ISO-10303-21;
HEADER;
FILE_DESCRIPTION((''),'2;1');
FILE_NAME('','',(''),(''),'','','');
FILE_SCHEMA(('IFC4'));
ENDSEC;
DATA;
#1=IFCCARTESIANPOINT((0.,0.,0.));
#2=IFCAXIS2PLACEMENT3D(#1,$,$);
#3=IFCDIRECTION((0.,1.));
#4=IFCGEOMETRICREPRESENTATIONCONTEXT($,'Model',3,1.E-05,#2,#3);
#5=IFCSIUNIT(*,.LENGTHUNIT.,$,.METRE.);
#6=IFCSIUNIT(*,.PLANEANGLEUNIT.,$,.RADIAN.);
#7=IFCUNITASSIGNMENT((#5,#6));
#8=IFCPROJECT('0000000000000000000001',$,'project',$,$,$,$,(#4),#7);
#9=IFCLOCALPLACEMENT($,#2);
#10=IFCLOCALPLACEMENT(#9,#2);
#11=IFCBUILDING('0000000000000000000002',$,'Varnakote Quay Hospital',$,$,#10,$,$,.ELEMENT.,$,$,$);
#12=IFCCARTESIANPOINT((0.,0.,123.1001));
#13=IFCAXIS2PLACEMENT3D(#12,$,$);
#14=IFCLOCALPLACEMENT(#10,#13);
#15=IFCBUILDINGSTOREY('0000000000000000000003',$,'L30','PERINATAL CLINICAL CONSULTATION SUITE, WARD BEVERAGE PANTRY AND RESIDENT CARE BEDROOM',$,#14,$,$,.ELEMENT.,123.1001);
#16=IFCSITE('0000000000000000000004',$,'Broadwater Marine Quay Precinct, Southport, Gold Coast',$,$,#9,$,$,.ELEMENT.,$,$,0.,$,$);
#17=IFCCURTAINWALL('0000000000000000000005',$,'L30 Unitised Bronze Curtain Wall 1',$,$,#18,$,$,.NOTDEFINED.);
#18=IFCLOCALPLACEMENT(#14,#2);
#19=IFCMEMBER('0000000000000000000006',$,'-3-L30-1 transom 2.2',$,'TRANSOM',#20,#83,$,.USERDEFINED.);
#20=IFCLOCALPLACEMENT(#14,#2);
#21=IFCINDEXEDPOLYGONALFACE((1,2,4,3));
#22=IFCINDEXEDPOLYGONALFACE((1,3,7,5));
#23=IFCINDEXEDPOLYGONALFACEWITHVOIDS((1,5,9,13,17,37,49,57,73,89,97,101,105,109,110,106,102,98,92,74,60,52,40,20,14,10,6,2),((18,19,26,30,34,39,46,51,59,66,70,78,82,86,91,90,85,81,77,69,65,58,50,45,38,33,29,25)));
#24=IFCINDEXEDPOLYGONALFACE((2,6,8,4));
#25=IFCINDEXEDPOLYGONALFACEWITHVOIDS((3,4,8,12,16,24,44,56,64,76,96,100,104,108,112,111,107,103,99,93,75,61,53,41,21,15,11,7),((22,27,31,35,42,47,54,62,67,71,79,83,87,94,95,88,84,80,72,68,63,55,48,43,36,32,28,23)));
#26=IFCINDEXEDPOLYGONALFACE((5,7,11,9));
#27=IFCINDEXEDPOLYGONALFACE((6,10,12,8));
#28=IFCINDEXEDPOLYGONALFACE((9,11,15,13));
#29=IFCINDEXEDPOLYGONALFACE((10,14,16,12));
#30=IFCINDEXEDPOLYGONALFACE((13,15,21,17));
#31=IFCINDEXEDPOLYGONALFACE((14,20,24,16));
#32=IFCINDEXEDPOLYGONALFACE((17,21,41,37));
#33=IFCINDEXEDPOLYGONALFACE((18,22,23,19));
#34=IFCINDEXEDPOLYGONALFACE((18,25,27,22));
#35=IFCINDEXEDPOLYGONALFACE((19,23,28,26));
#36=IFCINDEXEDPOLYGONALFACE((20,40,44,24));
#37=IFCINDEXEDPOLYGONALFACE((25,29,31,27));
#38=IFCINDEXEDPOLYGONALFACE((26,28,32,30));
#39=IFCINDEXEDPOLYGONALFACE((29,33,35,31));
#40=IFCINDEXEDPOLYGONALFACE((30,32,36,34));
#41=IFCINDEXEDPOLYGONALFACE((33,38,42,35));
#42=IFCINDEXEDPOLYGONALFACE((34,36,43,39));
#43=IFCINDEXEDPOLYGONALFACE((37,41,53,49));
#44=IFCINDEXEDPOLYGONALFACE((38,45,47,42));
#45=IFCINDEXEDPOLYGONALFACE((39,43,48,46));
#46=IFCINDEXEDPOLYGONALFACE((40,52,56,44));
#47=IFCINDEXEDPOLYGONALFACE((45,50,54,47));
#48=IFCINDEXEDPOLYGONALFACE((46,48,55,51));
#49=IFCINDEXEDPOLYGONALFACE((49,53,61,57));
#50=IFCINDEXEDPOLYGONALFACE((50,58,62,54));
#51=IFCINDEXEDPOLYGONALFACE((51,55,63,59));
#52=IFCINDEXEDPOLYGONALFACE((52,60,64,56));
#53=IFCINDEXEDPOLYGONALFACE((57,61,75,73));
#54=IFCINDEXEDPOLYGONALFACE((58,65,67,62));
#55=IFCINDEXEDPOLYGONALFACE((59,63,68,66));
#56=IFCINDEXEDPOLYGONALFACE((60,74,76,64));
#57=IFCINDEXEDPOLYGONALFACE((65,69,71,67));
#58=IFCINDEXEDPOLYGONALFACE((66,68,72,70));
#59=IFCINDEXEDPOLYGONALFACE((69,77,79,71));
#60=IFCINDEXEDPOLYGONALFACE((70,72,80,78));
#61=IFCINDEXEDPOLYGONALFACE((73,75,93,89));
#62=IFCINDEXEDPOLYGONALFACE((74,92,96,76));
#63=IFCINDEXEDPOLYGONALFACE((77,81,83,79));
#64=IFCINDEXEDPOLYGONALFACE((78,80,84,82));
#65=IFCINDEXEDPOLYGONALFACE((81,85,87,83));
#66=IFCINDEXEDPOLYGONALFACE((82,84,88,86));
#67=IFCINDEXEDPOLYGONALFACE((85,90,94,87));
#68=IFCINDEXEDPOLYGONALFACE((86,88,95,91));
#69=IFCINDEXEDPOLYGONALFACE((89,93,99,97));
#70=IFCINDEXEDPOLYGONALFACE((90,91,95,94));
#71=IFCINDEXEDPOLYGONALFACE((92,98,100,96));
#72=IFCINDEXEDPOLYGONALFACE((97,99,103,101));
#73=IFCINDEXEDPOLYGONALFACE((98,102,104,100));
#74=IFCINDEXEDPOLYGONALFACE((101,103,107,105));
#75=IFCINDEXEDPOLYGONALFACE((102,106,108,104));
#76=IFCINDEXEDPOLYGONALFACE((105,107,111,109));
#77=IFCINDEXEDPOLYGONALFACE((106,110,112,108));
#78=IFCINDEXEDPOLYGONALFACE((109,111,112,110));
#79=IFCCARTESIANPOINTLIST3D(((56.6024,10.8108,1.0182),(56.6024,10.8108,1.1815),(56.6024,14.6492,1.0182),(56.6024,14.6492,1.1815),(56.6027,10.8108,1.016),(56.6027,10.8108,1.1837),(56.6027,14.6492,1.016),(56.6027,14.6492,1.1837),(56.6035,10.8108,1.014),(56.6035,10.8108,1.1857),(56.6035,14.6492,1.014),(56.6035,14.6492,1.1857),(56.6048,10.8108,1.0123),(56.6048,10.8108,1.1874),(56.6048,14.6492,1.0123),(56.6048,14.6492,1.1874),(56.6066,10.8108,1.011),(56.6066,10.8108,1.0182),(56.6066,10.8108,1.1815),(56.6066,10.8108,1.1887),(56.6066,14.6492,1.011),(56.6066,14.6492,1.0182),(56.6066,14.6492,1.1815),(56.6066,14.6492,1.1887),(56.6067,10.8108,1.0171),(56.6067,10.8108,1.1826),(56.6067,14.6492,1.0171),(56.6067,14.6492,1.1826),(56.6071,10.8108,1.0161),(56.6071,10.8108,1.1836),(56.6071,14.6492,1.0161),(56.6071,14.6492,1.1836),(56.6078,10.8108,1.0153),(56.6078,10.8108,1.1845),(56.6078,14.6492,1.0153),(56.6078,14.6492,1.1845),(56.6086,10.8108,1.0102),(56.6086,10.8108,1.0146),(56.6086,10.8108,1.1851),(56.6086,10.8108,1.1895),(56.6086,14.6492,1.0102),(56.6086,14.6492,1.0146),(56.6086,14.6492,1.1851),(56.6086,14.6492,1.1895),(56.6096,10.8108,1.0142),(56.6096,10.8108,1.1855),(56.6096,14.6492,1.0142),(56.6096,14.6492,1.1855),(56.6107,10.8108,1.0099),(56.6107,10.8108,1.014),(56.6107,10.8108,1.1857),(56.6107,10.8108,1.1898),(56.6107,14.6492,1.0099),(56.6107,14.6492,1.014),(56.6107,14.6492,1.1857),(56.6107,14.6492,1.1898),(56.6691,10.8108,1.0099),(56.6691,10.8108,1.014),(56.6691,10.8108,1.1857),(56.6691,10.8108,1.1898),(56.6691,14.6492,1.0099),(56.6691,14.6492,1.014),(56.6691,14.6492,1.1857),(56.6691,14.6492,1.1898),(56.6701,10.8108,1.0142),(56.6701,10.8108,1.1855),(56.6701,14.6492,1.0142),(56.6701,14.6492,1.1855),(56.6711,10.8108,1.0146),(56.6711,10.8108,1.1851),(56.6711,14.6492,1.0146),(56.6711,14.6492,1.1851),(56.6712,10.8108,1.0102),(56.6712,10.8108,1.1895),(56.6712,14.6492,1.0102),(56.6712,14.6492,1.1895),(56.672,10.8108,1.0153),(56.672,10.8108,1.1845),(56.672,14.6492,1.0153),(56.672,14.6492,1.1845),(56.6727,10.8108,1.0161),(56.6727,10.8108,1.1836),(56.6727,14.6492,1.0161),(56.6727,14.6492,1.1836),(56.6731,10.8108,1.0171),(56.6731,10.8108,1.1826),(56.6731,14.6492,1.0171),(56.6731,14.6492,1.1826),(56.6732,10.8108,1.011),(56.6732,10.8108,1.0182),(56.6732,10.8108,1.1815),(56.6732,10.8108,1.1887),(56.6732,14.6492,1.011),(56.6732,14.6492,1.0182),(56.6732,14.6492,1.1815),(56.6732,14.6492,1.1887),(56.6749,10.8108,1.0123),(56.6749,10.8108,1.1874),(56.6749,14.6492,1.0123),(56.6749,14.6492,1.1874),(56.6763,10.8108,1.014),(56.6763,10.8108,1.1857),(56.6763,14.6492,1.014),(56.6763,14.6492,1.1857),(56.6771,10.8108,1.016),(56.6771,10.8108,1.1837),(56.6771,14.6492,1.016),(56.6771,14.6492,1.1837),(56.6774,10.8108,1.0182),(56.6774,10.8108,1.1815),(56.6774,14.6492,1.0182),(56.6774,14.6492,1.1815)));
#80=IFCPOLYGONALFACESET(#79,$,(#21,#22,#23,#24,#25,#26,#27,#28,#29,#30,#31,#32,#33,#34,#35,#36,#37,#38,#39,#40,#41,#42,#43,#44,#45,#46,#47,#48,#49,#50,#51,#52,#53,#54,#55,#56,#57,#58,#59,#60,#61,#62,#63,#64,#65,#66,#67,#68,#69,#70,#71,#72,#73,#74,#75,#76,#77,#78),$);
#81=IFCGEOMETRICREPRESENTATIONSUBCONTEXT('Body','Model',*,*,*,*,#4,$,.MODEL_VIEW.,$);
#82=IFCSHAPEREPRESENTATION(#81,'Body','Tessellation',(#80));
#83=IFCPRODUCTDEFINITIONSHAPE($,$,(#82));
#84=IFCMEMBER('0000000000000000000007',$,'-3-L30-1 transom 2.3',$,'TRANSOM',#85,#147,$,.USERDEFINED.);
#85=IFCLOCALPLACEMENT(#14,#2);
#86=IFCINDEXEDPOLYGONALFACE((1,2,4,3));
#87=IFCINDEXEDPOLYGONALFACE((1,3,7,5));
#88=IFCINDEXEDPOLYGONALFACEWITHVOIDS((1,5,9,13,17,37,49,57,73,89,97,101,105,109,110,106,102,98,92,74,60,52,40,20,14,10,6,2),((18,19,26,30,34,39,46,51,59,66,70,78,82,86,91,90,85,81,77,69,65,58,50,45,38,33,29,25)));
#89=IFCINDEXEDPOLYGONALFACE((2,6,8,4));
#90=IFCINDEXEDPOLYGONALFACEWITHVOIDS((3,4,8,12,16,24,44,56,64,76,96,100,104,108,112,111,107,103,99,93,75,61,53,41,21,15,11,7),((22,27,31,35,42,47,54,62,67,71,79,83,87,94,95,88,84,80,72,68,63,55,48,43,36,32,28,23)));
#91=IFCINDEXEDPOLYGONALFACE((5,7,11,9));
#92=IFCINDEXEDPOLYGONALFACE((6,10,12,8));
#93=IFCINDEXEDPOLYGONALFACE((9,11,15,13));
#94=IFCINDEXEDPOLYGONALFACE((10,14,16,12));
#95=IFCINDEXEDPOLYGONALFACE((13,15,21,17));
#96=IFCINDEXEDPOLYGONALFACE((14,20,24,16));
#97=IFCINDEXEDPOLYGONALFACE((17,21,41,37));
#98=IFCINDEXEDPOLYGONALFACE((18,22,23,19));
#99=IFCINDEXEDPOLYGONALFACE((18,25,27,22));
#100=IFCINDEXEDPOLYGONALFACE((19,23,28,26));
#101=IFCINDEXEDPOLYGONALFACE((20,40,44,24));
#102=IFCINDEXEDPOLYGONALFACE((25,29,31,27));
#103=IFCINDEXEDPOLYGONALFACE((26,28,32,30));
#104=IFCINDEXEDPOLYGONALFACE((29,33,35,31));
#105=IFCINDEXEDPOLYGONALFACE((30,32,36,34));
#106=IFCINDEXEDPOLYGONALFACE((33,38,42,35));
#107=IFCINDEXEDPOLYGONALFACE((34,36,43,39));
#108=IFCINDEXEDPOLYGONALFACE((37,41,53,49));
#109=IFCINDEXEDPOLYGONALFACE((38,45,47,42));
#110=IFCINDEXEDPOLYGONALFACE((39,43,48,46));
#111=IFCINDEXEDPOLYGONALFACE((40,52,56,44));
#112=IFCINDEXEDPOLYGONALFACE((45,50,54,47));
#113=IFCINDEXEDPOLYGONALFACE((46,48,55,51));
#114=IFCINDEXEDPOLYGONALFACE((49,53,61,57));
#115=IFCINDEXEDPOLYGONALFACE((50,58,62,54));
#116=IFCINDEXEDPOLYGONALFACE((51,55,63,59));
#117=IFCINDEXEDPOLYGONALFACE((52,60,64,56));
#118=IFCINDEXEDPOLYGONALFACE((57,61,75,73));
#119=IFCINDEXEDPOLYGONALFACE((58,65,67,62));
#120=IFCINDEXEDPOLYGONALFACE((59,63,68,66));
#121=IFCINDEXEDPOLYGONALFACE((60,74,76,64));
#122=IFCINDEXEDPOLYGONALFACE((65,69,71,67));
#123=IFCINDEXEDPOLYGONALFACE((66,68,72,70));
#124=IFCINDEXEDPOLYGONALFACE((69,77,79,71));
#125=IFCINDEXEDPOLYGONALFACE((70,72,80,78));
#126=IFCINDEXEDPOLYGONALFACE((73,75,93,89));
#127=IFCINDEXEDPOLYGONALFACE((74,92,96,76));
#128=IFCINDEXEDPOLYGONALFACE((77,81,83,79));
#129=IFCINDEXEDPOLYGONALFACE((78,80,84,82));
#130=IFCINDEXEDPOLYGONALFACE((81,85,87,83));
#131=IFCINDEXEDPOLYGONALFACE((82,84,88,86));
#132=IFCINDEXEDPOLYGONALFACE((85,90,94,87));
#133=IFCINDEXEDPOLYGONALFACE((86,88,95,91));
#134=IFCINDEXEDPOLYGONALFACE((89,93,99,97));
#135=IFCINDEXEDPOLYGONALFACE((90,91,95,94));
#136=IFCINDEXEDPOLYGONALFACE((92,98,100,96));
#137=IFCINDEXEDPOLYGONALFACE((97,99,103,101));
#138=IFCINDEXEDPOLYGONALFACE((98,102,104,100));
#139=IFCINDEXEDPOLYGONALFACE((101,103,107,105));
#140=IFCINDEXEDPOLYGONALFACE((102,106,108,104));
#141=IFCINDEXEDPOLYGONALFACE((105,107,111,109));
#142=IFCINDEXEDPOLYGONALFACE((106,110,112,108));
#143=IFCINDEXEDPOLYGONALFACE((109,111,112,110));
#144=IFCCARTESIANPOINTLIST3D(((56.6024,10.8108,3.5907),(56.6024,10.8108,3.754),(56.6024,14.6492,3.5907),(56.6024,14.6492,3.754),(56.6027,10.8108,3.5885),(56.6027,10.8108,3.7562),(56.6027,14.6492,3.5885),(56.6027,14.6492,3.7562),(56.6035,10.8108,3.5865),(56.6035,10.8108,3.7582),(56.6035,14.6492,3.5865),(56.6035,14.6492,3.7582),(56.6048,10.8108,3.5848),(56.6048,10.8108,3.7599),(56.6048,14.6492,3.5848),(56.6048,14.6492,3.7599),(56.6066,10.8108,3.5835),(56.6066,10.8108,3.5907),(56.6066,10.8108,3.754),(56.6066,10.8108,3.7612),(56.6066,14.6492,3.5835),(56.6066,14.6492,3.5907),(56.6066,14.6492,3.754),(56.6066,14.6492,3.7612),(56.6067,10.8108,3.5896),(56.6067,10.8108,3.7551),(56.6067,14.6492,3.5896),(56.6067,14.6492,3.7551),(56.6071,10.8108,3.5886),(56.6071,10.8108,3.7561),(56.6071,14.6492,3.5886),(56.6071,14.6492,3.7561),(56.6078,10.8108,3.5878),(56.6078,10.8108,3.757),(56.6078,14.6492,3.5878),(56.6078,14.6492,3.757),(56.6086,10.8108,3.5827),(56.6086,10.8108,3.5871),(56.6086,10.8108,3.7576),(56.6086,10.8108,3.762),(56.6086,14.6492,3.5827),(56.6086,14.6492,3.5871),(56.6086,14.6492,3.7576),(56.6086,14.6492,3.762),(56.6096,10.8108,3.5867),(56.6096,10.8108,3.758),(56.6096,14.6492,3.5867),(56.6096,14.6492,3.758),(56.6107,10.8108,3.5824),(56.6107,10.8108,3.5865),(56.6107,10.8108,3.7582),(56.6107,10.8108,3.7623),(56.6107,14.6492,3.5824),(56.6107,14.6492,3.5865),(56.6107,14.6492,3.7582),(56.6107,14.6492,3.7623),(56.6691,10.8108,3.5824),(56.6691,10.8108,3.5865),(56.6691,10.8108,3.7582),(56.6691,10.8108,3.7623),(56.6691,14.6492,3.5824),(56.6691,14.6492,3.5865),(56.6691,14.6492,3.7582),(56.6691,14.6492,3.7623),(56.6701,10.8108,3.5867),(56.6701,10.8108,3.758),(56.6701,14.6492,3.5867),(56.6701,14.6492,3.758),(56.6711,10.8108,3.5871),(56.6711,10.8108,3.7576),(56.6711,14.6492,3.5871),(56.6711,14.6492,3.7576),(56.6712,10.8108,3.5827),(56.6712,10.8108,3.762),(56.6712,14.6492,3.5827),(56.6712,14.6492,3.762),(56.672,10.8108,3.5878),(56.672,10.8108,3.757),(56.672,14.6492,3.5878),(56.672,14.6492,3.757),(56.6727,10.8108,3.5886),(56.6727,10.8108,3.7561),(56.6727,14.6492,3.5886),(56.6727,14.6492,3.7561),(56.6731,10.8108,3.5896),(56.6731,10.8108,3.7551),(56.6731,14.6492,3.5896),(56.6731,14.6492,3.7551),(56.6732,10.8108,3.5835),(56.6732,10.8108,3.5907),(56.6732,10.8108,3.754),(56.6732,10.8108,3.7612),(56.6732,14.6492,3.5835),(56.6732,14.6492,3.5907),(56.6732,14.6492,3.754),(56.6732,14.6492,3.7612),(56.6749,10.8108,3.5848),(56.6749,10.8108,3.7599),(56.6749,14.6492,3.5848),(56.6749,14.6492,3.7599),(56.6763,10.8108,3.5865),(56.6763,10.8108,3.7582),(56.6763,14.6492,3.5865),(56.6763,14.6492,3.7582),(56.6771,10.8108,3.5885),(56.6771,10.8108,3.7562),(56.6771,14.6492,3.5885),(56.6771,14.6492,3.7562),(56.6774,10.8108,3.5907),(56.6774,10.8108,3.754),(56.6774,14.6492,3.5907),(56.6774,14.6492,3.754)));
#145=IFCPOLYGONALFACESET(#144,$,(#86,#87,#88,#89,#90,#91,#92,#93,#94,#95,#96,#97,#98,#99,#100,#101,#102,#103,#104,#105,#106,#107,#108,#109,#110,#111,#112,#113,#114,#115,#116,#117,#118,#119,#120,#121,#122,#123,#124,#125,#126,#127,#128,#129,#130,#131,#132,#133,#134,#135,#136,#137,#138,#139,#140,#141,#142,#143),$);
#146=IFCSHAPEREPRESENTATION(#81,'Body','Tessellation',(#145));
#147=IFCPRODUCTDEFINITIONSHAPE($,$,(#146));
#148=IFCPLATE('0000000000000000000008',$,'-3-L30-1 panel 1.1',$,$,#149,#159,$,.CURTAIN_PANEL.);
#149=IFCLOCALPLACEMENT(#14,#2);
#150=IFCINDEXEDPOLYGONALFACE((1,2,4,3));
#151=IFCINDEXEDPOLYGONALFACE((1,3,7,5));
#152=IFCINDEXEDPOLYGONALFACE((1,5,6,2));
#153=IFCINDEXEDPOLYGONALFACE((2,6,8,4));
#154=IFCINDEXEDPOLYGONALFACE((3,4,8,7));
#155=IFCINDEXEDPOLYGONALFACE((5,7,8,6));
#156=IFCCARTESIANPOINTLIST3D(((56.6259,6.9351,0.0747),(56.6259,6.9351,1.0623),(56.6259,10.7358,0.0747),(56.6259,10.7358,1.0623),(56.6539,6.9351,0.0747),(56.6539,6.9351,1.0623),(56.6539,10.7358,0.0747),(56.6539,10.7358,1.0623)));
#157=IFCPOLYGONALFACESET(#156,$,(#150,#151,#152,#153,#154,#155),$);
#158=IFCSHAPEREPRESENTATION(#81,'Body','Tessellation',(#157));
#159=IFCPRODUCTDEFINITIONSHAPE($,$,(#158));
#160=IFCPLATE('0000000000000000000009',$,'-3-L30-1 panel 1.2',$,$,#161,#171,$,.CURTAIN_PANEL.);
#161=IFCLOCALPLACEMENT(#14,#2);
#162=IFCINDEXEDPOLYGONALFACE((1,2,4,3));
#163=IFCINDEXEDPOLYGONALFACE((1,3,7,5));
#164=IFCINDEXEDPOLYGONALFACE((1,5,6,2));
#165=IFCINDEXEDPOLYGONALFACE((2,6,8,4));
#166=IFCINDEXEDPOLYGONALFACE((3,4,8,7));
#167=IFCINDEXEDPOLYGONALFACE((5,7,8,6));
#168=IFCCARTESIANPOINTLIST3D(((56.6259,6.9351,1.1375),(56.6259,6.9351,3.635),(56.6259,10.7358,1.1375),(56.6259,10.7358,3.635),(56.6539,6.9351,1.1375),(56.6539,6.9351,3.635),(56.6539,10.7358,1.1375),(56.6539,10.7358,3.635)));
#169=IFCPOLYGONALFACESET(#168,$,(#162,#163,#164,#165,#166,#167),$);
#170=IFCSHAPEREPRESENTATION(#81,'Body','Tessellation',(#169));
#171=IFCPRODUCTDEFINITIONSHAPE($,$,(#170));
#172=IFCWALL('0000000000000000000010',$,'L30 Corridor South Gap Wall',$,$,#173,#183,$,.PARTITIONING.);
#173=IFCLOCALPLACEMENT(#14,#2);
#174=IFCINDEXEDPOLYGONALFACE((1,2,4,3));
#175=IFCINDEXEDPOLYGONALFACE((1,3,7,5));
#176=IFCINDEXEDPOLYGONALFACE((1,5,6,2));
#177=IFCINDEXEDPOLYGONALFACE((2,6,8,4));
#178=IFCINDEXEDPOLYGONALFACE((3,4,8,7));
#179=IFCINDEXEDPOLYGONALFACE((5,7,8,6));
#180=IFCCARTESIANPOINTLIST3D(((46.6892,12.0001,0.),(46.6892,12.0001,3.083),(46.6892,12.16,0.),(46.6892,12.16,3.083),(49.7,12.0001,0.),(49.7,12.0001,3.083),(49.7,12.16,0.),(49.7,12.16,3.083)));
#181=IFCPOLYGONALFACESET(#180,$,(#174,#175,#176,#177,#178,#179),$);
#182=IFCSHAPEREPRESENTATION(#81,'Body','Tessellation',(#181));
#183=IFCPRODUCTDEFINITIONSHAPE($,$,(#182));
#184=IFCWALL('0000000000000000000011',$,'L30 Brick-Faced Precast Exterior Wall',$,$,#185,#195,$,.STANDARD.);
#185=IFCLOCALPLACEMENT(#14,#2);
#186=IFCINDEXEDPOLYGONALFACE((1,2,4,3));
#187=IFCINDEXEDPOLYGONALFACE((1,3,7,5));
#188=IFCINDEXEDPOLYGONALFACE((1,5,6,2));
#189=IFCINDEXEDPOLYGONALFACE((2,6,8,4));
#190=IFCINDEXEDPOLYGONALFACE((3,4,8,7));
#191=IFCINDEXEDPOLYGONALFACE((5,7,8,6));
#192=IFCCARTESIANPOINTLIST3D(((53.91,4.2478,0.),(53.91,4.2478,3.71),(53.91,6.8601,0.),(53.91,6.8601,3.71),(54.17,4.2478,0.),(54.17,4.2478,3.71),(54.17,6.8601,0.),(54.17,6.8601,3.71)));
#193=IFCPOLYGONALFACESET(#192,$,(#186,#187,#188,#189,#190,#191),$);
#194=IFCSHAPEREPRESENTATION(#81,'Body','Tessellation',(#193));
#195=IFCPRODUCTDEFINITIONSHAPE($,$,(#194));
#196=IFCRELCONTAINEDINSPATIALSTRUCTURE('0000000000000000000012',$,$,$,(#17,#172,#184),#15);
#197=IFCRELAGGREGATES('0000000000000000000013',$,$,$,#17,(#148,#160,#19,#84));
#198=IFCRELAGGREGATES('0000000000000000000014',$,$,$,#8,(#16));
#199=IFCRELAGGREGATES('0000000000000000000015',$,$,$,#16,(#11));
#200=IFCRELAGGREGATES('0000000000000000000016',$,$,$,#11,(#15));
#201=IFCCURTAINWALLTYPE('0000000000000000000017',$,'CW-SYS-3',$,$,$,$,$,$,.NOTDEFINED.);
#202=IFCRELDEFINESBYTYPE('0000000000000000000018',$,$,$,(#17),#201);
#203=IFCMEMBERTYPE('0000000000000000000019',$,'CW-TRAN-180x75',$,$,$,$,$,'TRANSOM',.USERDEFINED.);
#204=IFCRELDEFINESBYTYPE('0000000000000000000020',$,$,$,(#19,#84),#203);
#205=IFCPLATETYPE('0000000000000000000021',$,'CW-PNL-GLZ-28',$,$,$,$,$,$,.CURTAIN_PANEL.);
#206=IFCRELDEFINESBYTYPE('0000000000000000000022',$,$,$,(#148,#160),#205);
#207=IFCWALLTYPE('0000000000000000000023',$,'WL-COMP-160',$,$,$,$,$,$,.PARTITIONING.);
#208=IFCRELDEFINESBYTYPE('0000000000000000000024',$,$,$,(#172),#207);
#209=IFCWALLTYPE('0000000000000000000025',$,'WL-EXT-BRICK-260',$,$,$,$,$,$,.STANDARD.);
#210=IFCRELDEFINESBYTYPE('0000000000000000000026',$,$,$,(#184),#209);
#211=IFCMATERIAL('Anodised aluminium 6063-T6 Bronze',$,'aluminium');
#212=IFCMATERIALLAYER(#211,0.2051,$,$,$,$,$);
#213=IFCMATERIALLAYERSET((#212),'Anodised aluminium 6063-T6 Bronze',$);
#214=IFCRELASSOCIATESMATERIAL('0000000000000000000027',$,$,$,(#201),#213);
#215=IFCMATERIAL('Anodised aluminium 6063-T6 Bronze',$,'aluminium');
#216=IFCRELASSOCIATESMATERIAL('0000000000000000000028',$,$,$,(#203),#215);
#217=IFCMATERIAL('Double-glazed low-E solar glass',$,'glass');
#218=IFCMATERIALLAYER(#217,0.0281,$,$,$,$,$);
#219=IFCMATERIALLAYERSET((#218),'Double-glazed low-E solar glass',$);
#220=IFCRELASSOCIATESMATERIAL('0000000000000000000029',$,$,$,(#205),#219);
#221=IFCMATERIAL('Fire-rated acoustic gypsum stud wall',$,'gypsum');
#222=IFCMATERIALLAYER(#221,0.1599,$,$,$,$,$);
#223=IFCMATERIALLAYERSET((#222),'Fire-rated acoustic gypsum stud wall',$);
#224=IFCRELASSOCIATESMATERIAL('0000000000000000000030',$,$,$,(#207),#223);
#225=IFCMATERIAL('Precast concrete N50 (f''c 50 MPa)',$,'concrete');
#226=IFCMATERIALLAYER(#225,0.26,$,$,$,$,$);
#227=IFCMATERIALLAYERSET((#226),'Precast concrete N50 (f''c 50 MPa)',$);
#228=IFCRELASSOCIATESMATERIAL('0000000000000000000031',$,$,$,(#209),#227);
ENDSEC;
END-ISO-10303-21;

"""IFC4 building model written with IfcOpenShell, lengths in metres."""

from ifc_helpers import new_model, si_unit, direction, frame, frame_2d, origin, origin_2d, place, context, subcontext, project, spatial, rectangle, hollow_rectangle, extrude, material, layer, layer_set, material_profile, profile_set, type_object, element, aggregate, save


model = new_model("IFC4")

# Units and contexts
model_context = context("Model", 3, precision=1e-05, world=origin(), true_north=direction((0.0, 1.0)))
body_context = subcontext(model_context, "Body", "Model", "MODEL_VIEW")
ifc_project = project(units=[si_unit("LENGTHUNIT", "METRE"), si_unit("PLANEANGLEUNIT", "RADIAN")], contexts=[model_context])

# Site, building, storey
site_placement = place(None, origin())
site = spatial("IfcSite", under=ifc_project, at=site_placement, Name="Broadwater Marine Quay Precinct, Southport, Gold Coast", CompositionType="ELEMENT", RefElevation=0.0)
building_placement = place(site_placement, origin())
building = spatial("IfcBuilding", under=site, at=building_placement, Name="Varnakote Quay Hospital", CompositionType="ELEMENT")
storey_placement = place(building_placement, frame((0.0, 0.0, 123.1001)))
storey = spatial("IfcBuildingStorey", under=building, at=storey_placement, Name="L30", Description="PERINATAL CLINICAL CONSULTATION SUITE, WARD BEVERAGE PANTRY AND RESIDENT CARE BEDROOM", CompositionType="ELEMENT", Elevation=123.1001)

# Curtain wall, members, plates
ifc_material_1 = material(Name="Anodised aluminium 6063-T6 Bronze", Category="aluminium")
ifc_layer_1 = layer(ifc_material_1, 0.2051)
ifc_layer_set_1 = layer_set([ifc_layer_1], Name="Anodised aluminium 6063-T6 Bronze")
curtain_wall_type = type_object("IfcCurtainWallType", Name="CW-SYS-3", PredefinedType="NOTDEFINED", material=ifc_layer_set_1)
curtain_wall_placement = place(storey_placement, origin())
curtain_wall = element("IfcCurtainWall", 1, at=curtain_wall_placement, inside=storey, type_object=curtain_wall_type, Name="L30 Unitised Bronze Curtain Wall 1", PredefinedType="NOTDEFINED")
ifc_material_2 = material(Name="Anodised aluminium 6063-T6 Bronze", Category="aluminium")
ifc_material_profile_1 = material_profile(ifc_material_2, hollow_rectangle(XDim=0.075, YDim=0.1799, WallThickness=0.0042, InnerFilletRadius=0.0042, OuterFilletRadius=0.0083, at=origin_2d()), Name="CW-TRAN-180x75")
ifc_profile_set_1 = profile_set([ifc_material_profile_1], Name="Anodised aluminium 6063-T6 Bronze")
member_type_1 = type_object("IfcMemberType", Name="CW-TRAN-180x75", ElementType="TRANSOM", PredefinedType="USERDEFINED", material=ifc_profile_set_1)
member_1_placement = place(storey_placement, frame((56.6399, 10.8108, 1.0999), z_axis=(0.0, 1.0, 0.0), x_axis=(-1.0, 0.0, 0.0)))
member_1 = element("IfcMember", 2, at=member_1_placement, type_object=member_type_1, Name="-3-L30-1 transom 2.2", ObjectType="TRANSOM", PredefinedType="USERDEFINED", context=body_context, shape_type="SweptSolid", body=[
    extrude(hollow_rectangle(XDim=0.075, YDim=0.1799, WallThickness=0.0042, InnerFilletRadius=0.0042, OuterFilletRadius=0.0083, at=origin_2d()), origin(), (0.0, 0.0, 1.0), 3.8384),
])
member_2_placement = place(storey_placement, frame((56.6399, 10.8108, 3.6724), z_axis=(0.0, 1.0, 0.0), x_axis=(-1.0, 0.0, 0.0)))
member_2 = element("IfcMember", 3, at=member_2_placement, type_object=member_type_1, Name="-3-L30-1 transom 2.3", ObjectType="TRANSOM", PredefinedType="USERDEFINED", context=body_context, shape_type="SweptSolid", body=[
    extrude(hollow_rectangle(XDim=0.075, YDim=0.1799, WallThickness=0.0042, InnerFilletRadius=0.0042, OuterFilletRadius=0.0083, at=origin_2d()), origin(), (0.0, 0.0, 1.0), 3.8384),
])
ifc_material_3 = material(Name="Double-glazed low-E solar glass", Category="glass")
ifc_layer_2 = layer(ifc_material_3, 0.0281)
ifc_layer_set_2 = layer_set([ifc_layer_2], Name="Double-glazed low-E solar glass")
plate_type = type_object("IfcPlateType", Name="CW-PNL-GLZ-28", PredefinedType="CURTAIN_PANEL", material=ifc_layer_set_2)
plate_1_placement = place(storey_placement, frame((56.6399, 8.8354, 0.0747), z_axis=(0.0, 0.0, 1.0), x_axis=(0.0, 1.0, 0.0)))
plate_1 = element("IfcPlate", 4, at=plate_1_placement, type_object=plate_type, Name="-3-L30-1 panel 1.1", PredefinedType="CURTAIN_PANEL", context=body_context, shape_type="SweptSolid", body=[
    extrude(rectangle(XDim=3.8008, YDim=0.0281, at=origin_2d()), origin(), (0.0, 0.0, 1.0), 0.9875),
])
plate_2_placement = place(storey_placement, frame((56.6399, 8.8354, 1.1375), z_axis=(0.0, 0.0, 1.0), x_axis=(0.0, 1.0, 0.0)))
plate_2 = element("IfcPlate", 5, at=plate_2_placement, type_object=plate_type, Name="-3-L30-1 panel 1.2", PredefinedType="CURTAIN_PANEL", context=body_context, shape_type="SweptSolid", body=[
    extrude(rectangle(XDim=3.8008, YDim=0.0281, at=origin_2d()), origin(), (0.0, 0.0, 1.0), 2.4976),
])
aggregate(curtain_wall, [plate_1, plate_2, member_1, member_2])

# Walls
ifc_material_4 = material(Name="Fire-rated acoustic gypsum stud wall", Category="gypsum")
ifc_layer_3 = layer(ifc_material_4, 0.1599)
ifc_layer_set_3 = layer_set([ifc_layer_3], Name="Fire-rated acoustic gypsum stud wall")
wall_type_1 = type_object("IfcWallType", Name="WL-COMP-160", PredefinedType="PARTITIONING", material=ifc_layer_set_3)
wall_1_placement = place(storey_placement, frame((46.6892, 12.0801, 0.0), z_axis=(0.0, 0.0, 1.0), x_axis=(1.0, 0.0, 0.0)))
element("IfcWall", 6, at=wall_1_placement, inside=storey, type_object=wall_type_1, Name="L30 Corridor South Gap Wall", PredefinedType="PARTITIONING", context=body_context, shape_type="SweptSolid", body=[
    extrude(rectangle(XDim=3.0107, YDim=0.1599, at=frame_2d((1.5054, 0.0))), origin(), (0.0, 0.0, 1.0), 3.083),
])
ifc_material_5 = material(Name="Precast concrete N50 (f'c 50 MPa)", Category="concrete")
ifc_layer_4 = layer(ifc_material_5, 0.26)
ifc_layer_set_4 = layer_set([ifc_layer_4], Name="Precast concrete N50 (f'c 50 MPa)")
wall_type_2 = type_object("IfcWallType", Name="WL-EXT-BRICK-260", PredefinedType="STANDARD", material=ifc_layer_set_4)
wall_2_placement = place(storey_placement, frame((54.04, 4.2478, 0.0), z_axis=(0.0, 0.0, 1.0), x_axis=(0.0, 1.0, 0.0)))
element("IfcWall", 7, at=wall_2_placement, inside=storey, type_object=wall_type_2, Name="L30 Brick-Faced Precast Exterior Wall", PredefinedType="STANDARD", context=body_context, shape_type="SweptSolid", body=[
    extrude(rectangle(XDim=2.6123, YDim=0.26, at=frame_2d((1.3062, 0.0))), origin(), (0.0, 0.0, 1.0), 3.71),
])

save(model, "model.ifc")
